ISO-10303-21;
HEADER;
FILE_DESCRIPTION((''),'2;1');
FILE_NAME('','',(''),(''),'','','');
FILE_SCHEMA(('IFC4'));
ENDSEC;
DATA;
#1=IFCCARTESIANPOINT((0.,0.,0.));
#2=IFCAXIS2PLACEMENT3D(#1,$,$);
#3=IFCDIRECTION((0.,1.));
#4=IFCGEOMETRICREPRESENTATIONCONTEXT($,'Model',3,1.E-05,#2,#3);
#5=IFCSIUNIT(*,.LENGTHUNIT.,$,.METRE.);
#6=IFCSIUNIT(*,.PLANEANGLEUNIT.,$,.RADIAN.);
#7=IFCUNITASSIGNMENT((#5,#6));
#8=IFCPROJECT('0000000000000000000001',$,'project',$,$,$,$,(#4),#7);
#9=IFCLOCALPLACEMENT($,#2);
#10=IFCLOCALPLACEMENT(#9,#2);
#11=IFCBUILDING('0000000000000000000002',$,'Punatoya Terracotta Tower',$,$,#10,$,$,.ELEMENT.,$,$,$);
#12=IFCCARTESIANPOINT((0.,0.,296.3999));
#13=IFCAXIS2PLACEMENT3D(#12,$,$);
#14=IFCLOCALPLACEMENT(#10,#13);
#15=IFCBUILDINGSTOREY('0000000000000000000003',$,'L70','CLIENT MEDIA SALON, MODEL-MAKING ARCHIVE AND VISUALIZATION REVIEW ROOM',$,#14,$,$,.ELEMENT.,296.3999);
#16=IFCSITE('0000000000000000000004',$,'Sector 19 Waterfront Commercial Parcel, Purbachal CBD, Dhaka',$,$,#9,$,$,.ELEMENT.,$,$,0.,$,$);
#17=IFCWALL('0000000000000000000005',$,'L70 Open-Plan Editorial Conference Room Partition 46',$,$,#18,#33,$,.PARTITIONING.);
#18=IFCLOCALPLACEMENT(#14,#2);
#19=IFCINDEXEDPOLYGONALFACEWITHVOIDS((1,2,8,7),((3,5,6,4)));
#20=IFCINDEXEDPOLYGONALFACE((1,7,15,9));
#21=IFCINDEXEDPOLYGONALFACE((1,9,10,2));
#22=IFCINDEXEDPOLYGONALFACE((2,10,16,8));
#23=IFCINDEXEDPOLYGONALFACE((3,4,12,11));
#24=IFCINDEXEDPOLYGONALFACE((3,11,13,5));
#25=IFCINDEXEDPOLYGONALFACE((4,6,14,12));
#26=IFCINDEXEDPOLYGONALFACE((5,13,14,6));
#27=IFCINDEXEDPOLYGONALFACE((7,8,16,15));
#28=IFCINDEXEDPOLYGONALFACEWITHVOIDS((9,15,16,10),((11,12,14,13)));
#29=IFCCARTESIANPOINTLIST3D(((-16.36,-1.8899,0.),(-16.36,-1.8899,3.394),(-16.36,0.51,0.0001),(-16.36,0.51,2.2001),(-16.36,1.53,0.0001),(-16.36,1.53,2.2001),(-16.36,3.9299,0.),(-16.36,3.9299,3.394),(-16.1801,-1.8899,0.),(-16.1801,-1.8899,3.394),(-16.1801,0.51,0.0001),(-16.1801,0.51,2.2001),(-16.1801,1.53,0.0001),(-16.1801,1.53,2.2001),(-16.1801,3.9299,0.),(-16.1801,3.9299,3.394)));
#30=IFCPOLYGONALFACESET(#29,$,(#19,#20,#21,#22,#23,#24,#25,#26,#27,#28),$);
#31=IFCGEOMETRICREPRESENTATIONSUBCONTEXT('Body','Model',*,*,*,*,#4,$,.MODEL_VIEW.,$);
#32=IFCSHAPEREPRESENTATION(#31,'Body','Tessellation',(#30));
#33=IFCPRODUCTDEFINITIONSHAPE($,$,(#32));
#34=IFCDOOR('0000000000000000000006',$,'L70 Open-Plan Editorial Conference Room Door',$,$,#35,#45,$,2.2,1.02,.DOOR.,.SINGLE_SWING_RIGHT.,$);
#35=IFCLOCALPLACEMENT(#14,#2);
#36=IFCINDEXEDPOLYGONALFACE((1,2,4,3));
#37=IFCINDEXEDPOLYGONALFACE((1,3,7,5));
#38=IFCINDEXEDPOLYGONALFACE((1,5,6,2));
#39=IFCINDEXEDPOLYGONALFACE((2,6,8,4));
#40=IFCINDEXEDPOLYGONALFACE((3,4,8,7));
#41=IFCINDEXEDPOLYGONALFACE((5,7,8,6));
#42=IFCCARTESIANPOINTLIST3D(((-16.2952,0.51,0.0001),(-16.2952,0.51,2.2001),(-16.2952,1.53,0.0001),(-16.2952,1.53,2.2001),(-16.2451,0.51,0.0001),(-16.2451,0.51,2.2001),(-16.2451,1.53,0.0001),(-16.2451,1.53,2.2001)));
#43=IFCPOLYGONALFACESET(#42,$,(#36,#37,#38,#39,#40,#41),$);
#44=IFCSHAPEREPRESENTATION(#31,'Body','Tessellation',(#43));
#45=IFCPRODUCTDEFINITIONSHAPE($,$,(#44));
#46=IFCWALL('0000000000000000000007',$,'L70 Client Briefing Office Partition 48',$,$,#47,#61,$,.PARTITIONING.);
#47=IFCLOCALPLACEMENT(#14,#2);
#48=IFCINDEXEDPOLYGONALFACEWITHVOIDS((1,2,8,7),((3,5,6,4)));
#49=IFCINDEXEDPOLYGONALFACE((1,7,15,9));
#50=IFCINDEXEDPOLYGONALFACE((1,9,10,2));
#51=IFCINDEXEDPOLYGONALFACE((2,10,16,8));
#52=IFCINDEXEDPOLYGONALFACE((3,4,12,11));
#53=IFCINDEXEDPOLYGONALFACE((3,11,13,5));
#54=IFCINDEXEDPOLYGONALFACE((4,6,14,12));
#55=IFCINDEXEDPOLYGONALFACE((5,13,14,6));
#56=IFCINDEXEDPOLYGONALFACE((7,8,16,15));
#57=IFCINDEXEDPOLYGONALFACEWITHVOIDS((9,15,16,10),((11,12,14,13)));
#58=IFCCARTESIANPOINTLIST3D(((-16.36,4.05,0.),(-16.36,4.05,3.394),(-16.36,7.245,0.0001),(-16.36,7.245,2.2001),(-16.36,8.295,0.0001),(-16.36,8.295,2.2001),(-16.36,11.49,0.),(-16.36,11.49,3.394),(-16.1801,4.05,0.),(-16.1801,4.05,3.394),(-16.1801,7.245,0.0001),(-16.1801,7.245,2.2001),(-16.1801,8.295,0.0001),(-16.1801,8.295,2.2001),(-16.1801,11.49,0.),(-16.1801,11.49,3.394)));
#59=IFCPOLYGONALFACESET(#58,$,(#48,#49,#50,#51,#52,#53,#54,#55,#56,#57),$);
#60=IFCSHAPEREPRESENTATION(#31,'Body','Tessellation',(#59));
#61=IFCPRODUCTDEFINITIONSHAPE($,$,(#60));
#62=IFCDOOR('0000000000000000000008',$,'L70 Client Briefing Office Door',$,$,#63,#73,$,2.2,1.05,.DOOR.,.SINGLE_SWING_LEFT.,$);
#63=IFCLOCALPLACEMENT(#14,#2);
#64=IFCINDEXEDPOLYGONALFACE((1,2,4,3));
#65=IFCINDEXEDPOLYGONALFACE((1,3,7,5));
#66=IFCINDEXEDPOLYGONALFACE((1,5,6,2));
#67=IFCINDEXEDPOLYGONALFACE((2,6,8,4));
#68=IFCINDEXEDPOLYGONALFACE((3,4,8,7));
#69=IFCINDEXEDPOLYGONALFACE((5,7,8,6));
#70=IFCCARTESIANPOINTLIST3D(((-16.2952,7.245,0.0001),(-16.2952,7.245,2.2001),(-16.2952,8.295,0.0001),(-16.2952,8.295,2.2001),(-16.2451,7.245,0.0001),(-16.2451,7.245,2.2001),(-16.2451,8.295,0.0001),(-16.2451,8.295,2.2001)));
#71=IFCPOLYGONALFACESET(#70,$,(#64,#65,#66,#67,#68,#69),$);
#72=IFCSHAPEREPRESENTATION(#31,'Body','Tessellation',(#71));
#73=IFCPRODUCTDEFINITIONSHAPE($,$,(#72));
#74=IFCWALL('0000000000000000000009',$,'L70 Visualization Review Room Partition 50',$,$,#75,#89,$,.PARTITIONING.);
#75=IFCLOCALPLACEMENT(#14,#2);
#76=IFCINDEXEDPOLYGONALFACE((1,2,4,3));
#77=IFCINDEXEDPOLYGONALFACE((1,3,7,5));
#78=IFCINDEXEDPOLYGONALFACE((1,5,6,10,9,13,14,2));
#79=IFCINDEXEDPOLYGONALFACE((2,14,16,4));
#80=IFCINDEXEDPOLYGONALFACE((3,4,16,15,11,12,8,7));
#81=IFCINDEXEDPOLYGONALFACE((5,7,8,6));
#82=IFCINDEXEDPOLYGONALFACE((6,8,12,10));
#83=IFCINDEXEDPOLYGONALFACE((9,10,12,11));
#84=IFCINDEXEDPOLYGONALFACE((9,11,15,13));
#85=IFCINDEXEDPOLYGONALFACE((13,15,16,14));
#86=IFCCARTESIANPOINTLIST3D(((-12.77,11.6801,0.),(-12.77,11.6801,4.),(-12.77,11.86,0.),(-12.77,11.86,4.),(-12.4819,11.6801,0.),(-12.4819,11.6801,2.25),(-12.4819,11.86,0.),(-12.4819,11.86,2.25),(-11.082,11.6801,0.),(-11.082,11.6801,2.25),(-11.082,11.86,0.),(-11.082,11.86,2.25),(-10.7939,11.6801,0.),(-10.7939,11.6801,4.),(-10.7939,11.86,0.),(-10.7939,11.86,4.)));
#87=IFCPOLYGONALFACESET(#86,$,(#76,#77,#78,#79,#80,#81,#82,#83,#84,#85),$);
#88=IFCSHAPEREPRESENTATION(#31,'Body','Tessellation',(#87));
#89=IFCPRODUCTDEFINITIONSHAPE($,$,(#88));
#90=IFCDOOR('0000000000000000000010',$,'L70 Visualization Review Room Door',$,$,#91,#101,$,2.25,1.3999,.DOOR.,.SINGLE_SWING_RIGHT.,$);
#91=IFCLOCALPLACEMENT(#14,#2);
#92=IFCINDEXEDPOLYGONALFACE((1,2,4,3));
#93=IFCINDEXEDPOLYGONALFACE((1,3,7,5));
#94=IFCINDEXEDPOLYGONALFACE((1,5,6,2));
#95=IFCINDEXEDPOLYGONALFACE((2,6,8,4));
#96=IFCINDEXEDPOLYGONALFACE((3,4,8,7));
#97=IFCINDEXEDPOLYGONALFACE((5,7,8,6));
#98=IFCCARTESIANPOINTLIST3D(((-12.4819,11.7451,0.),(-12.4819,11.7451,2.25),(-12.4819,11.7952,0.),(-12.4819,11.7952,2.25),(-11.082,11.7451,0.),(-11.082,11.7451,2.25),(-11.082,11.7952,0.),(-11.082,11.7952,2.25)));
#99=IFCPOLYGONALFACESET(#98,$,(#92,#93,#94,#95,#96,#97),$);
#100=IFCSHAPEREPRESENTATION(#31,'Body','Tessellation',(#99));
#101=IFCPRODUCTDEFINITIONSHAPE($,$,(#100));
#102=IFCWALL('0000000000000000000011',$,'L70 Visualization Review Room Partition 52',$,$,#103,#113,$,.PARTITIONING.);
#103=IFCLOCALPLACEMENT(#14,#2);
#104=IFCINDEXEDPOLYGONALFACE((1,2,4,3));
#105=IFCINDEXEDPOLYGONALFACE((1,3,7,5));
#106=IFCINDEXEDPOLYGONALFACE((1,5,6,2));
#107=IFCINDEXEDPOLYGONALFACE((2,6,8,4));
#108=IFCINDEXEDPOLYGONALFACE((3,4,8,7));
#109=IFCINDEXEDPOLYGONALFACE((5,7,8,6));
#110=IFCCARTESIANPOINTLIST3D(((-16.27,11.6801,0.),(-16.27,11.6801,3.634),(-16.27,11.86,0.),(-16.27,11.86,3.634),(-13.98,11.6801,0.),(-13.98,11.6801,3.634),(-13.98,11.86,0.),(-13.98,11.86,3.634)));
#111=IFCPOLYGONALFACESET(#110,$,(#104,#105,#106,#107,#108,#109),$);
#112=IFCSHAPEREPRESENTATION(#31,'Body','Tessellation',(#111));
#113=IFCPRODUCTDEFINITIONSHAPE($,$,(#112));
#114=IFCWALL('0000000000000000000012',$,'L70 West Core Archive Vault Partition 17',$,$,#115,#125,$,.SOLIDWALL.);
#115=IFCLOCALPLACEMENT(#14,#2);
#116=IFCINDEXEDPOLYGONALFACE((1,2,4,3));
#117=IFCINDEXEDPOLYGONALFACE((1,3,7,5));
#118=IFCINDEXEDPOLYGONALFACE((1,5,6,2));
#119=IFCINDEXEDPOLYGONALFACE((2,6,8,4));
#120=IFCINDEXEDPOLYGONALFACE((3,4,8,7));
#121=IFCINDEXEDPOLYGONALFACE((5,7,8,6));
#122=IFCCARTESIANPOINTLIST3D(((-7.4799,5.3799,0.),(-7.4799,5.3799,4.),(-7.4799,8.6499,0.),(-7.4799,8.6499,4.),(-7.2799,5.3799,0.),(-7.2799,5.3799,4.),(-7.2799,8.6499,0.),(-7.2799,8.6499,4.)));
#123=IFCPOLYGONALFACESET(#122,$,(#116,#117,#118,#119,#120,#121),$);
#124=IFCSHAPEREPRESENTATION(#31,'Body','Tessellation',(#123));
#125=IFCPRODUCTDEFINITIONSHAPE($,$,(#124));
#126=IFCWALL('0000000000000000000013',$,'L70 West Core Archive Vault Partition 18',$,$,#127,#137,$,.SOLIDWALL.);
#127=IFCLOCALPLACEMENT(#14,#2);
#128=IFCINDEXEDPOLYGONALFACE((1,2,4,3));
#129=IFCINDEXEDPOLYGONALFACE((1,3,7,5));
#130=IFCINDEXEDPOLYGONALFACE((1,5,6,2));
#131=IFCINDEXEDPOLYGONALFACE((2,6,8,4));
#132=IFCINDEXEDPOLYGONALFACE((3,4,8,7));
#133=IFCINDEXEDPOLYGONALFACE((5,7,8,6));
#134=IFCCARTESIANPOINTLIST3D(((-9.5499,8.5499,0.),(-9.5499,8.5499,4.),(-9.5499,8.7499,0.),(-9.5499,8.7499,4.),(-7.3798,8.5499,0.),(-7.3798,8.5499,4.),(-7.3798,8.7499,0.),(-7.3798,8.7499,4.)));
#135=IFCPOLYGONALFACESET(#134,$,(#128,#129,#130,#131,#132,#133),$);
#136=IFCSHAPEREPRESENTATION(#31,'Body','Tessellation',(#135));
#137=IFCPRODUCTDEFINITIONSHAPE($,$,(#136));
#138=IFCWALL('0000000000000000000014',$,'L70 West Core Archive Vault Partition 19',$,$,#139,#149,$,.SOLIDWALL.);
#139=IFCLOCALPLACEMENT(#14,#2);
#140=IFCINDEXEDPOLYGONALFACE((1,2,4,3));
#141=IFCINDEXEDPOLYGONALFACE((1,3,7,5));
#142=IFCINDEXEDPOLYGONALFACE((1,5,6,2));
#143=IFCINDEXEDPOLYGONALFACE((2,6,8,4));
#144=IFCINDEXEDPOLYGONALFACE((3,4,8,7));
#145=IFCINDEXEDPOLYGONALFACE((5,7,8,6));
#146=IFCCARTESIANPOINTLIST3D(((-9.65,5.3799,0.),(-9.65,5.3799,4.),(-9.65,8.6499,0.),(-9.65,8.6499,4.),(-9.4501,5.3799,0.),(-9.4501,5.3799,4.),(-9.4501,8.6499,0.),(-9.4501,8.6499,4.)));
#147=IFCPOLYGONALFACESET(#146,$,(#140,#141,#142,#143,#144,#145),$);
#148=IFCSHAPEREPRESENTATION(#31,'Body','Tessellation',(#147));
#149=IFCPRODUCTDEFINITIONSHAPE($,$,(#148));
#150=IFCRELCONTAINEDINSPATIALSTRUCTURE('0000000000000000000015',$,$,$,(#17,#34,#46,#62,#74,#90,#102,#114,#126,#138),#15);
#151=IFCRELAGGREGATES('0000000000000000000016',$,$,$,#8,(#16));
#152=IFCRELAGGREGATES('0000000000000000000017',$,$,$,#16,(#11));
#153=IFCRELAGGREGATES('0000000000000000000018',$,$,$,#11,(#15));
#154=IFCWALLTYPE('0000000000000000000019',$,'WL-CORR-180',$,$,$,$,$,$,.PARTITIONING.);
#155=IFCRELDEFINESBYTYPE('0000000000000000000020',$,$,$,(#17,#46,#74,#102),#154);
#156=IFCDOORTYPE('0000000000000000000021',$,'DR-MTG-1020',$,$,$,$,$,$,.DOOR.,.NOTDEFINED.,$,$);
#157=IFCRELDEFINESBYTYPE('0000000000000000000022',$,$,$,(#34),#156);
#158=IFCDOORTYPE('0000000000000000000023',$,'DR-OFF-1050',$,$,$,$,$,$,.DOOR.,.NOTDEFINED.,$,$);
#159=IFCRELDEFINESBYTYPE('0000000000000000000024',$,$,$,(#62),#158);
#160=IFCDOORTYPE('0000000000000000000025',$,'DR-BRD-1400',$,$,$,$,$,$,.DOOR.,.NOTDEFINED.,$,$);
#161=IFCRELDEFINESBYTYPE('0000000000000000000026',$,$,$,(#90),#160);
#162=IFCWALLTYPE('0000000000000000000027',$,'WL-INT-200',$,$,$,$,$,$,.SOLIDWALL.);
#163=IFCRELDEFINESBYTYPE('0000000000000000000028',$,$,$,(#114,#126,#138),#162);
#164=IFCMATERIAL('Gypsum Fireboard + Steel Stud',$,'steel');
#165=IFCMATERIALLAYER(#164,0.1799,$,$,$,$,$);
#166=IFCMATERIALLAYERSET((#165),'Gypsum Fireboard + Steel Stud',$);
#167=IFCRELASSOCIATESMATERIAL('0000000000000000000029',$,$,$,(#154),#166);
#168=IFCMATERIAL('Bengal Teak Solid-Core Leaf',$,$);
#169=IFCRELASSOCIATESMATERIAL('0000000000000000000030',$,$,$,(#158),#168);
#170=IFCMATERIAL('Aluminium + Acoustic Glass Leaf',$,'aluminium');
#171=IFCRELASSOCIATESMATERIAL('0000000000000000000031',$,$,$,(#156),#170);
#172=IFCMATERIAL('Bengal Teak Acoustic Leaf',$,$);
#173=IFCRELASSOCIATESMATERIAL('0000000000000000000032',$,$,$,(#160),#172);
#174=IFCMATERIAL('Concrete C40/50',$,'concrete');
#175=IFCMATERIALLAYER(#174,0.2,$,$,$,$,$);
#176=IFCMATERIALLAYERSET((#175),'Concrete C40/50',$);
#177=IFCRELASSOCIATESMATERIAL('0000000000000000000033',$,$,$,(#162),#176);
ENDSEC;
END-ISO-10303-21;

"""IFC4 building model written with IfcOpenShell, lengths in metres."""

from ifc_helpers import new_model, si_unit, direction, frame, frame_2d, origin, place, context, subcontext, project, spatial, rectangle, extrude, material, layer, layer_set, type_object, element, fill, save


model = new_model("IFC4")

# Units and contexts
model_context = context("Model", 3, precision=1e-05, world=origin(), true_north=direction((0.0, 1.0)))
body_context = subcontext(model_context, "Body", "Model", "MODEL_VIEW")
ifc_project = project(units=[si_unit("LENGTHUNIT", "METRE"), si_unit("PLANEANGLEUNIT", "RADIAN")], contexts=[model_context])

# Site, building, storey
site_placement = place(None, origin())
site = spatial("IfcSite", under=ifc_project, at=site_placement, Name="Sector 19 Waterfront Commercial Parcel, Purbachal CBD, Dhaka", CompositionType="ELEMENT", RefElevation=0.0)
building_placement = place(site_placement, origin())
building = spatial("IfcBuilding", under=site, at=building_placement, Name="Punatoya Terracotta Tower", CompositionType="ELEMENT")
storey_placement = place(building_placement, frame((0.0, 0.0, 296.3999)))
storey = spatial("IfcBuildingStorey", under=building, at=storey_placement, Name="L70", Description="CLIENT MEDIA SALON, MODEL-MAKING ARCHIVE AND VISUALIZATION REVIEW ROOM", CompositionType="ELEMENT", Elevation=296.3999)

# Shared definitions
ifc_material_1 = material(Name="Gypsum Fireboard + Steel Stud", Category="steel")
ifc_layer_1 = layer(ifc_material_1, 0.1799)
ifc_layer_set_1 = layer_set([ifc_layer_1], Name="Gypsum Fireboard + Steel Stud")
wall_type_1 = type_object("IfcWallType", Name="WL-CORR-180", PredefinedType="PARTITIONING", material=ifc_layer_set_1)

# Walls, openings, doors
ifc_material_2 = material(Name="Bengal Teak Solid-Core Leaf")
door_type_1 = type_object("IfcDoorType", Name="DR-OFF-1050", OperationType="NOTDEFINED", PredefinedType="DOOR", material=ifc_material_2)
wall_1_placement = place(storey_placement, frame((-16.27, 3.9299, 0.0), z_axis=(0.0, 0.0, 1.0), x_axis=(0.0, -1.0, 0.0)))
wall_1 = element("IfcWall", 1, at=wall_1_placement, inside=storey, type_object=wall_type_1, Name="L70 Open-Plan Editorial Conference Room Partition 46", PredefinedType="PARTITIONING", context=body_context, shape_type="SweptSolid", body=[
    extrude(rectangle(XDim=5.8198, YDim=0.1799, at=frame_2d((2.9099, 0.0))), origin(), (0.0, 0.0, 1.0), 3.394),
])
opening_1_placement = place(wall_1_placement, frame((2.3999, 0.0, 0.0)))
opening_1 = element("IfcOpeningElement", 2, at=opening_1_placement, cuts=wall_1, PredefinedType="OPENING", context=body_context, shape_type="SweptSolid", body=[
    extrude(rectangle(XDim=1.02, YDim=2.2, at=frame_2d((0.51, 1.1001))), frame((0.0, 0.0999, 0.0), z_axis=(0.0, -1.0, 0.0), x_axis=(1.0, 0.0, 0.0)), (0.0, 0.0, 1.0), 0.2),
])
ifc_material_3 = material(Name="Aluminium + Acoustic Glass Leaf", Category="aluminium")
door_type_2 = type_object("IfcDoorType", Name="DR-MTG-1020", OperationType="NOTDEFINED", PredefinedType="DOOR", material=ifc_material_3)
door_1_placement = place(opening_1_placement, origin())
door_1 = element("IfcDoor", 3, at=door_1_placement, inside=storey, type_object=door_type_2, Name="L70 Open-Plan Editorial Conference Room Door", OperationType="SINGLE_SWING_RIGHT", OverallHeight=2.2, OverallWidth=1.02, PredefinedType="DOOR", context=body_context, shape_type="SweptSolid", body=[
    extrude(rectangle(XDim=1.02, YDim=2.2, at=frame_2d((0.51, 1.1001))), frame((0.0, 0.0249, 0.0), z_axis=(0.0, -1.0, 0.0), x_axis=(1.0, 0.0, 0.0)), (0.0, 0.0, 1.0), 0.05),
])
fill(opening_1, door_1)
wall_2_placement = place(storey_placement, frame((-16.27, 11.49, 0.0), z_axis=(0.0, 0.0, 1.0), x_axis=(0.0, -1.0, 0.0)))
wall_2 = element("IfcWall", 4, at=wall_2_placement, inside=storey, type_object=wall_type_1, Name="L70 Client Briefing Office Partition 48", PredefinedType="PARTITIONING", context=body_context, shape_type="SweptSolid", body=[
    extrude(rectangle(XDim=7.4399, YDim=0.1799, at=frame_2d((3.72, 0.0))), origin(), (0.0, 0.0, 1.0), 3.394),
])
opening_2_placement = place(wall_2_placement, frame((3.1951, 0.0, 0.0)))
opening_2 = element("IfcOpeningElement", 5, at=opening_2_placement, cuts=wall_2, PredefinedType="OPENING", context=body_context, shape_type="SweptSolid", body=[
    extrude(rectangle(XDim=1.05, YDim=2.2, at=frame_2d((0.5249, 1.1001))), frame((0.0, 0.0999, 0.0), z_axis=(0.0, -1.0, 0.0), x_axis=(1.0, 0.0, 0.0)), (0.0, 0.0, 1.0), 0.2),
])
door_2_placement = place(opening_2_placement, origin())
door_2 = element("IfcDoor", 6, at=door_2_placement, inside=storey, type_object=door_type_1, Name="L70 Client Briefing Office Door", OperationType="SINGLE_SWING_LEFT", OverallHeight=2.2, OverallWidth=1.05, PredefinedType="DOOR", context=body_context, shape_type="SweptSolid", body=[
    extrude(rectangle(XDim=1.05, YDim=2.2, at=frame_2d((0.5249, 1.1001))), frame((0.0, 0.0249, 0.0), z_axis=(0.0, -1.0, 0.0), x_axis=(1.0, 0.0, 0.0)), (0.0, 0.0, 1.0), 0.05),
])
fill(opening_2, door_2)
wall_3_placement = place(storey_placement, frame((-10.7939, 11.77, 0.0), z_axis=(0.0, 0.0, 1.0), x_axis=(-1.0, 0.0, 0.0)))
wall_3 = element("IfcWall", 7, at=wall_3_placement, inside=storey, type_object=wall_type_1, Name="L70 Visualization Review Room Partition 50", PredefinedType="PARTITIONING", context=body_context, shape_type="SweptSolid", body=[
    extrude(rectangle(XDim=1.9761, YDim=0.1799, at=frame_2d((0.988, 0.0))), origin(), (0.0, 0.0, 1.0), 4.0),
])
opening_3_placement = place(wall_3_placement, frame((0.2881, 0.0, 0.0)))
opening_3 = element("IfcOpeningElement", 8, at=opening_3_placement, cuts=wall_3, PredefinedType="OPENING", context=body_context, shape_type="SweptSolid", body=[
    extrude(rectangle(XDim=1.3999, YDim=2.25, at=frame_2d((0.7, 1.125))), frame((0.0, 0.0999, 0.0), z_axis=(0.0, -1.0, 0.0), x_axis=(1.0, 0.0, 0.0)), (0.0, 0.0, 1.0), 0.2),
])
ifc_material_4 = material(Name="Bengal Teak Acoustic Leaf")
door_type_3 = type_object("IfcDoorType", Name="DR-BRD-1400", OperationType="NOTDEFINED", PredefinedType="DOOR", material=ifc_material_4)
door_3_placement = place(opening_3_placement, origin())
door_3 = element("IfcDoor", 9, at=door_3_placement, inside=storey, type_object=door_type_3, Name="L70 Visualization Review Room Door", OperationType="SINGLE_SWING_RIGHT", OverallHeight=2.25, OverallWidth=1.3999, PredefinedType="DOOR", context=body_context, shape_type="SweptSolid", body=[
    extrude(rectangle(XDim=1.3999, YDim=2.25, at=frame_2d((0.7, 1.125))), frame((0.0, 0.0249, 0.0), z_axis=(0.0, -1.0, 0.0), x_axis=(1.0, 0.0, 0.0)), (0.0, 0.0, 1.0), 0.05),
])
fill(opening_3, door_3)

# Walls
wall_4_placement = place(storey_placement, frame((-13.98, 11.77, 0.0), z_axis=(0.0, 0.0, 1.0), x_axis=(-1.0, 0.0, 0.0)))
element("IfcWall", 10, at=wall_4_placement, inside=storey, type_object=wall_type_1, Name="L70 Visualization Review Room Partition 52", PredefinedType="PARTITIONING", context=body_context, shape_type="SweptSolid", body=[
    extrude(rectangle(XDim=2.29, YDim=0.1799, at=frame_2d((1.145, 0.0))), origin(), (0.0, 0.0, 1.0), 3.634),
])
ifc_material_5 = material(Name="Concrete C40/50", Category="concrete")
ifc_layer_2 = layer(ifc_material_5, 0.2)
ifc_layer_set_2 = layer_set([ifc_layer_2], Name="Concrete C40/50")
wall_type_2 = type_object("IfcWallType", Name="WL-INT-200", PredefinedType="SOLIDWALL", material=ifc_layer_set_2)
wall_5_placement = place(storey_placement, frame((-7.3799, 5.3799, 0.0), z_axis=(0.0, 0.0, 1.0), x_axis=(0.0, 1.0, 0.0)))
element("IfcWall", 11, at=wall_5_placement, inside=storey, type_object=wall_type_2, Name="L70 West Core Archive Vault Partition 17", PredefinedType="SOLIDWALL", context=body_context, shape_type="SweptSolid", body=[
    extrude(rectangle(XDim=3.27, YDim=0.2, at=frame_2d((1.635, 0.0))), origin(), (0.0, 0.0, 1.0), 4.0),
])
wall_6_placement = place(storey_placement, frame((-7.3799, 8.6499, 0.0), z_axis=(0.0, 0.0, 1.0), x_axis=(-1.0, 0.0, 0.0)))
element("IfcWall", 12, at=wall_6_placement, inside=storey, type_object=wall_type_2, Name="L70 West Core Archive Vault Partition 18", PredefinedType="SOLIDWALL", context=body_context, shape_type="SweptSolid", body=[
    extrude(rectangle(XDim=2.1702, YDim=0.2, at=frame_2d((1.085, 0.0))), origin(), (0.0, 0.0, 1.0), 4.0),
])
wall_7_placement = place(storey_placement, frame((-9.55, 8.6499, 0.0), z_axis=(0.0, 0.0, 1.0), x_axis=(0.0, -1.0, 0.0)))
element("IfcWall", 13, at=wall_7_placement, inside=storey, type_object=wall_type_2, Name="L70 West Core Archive Vault Partition 19", PredefinedType="SOLIDWALL", context=body_context, shape_type="SweptSolid", body=[
    extrude(rectangle(XDim=3.27, YDim=0.2, at=frame_2d((1.635, 0.0))), origin(), (0.0, 0.0, 1.0), 4.0),
])

save(model, "model.ifc")
